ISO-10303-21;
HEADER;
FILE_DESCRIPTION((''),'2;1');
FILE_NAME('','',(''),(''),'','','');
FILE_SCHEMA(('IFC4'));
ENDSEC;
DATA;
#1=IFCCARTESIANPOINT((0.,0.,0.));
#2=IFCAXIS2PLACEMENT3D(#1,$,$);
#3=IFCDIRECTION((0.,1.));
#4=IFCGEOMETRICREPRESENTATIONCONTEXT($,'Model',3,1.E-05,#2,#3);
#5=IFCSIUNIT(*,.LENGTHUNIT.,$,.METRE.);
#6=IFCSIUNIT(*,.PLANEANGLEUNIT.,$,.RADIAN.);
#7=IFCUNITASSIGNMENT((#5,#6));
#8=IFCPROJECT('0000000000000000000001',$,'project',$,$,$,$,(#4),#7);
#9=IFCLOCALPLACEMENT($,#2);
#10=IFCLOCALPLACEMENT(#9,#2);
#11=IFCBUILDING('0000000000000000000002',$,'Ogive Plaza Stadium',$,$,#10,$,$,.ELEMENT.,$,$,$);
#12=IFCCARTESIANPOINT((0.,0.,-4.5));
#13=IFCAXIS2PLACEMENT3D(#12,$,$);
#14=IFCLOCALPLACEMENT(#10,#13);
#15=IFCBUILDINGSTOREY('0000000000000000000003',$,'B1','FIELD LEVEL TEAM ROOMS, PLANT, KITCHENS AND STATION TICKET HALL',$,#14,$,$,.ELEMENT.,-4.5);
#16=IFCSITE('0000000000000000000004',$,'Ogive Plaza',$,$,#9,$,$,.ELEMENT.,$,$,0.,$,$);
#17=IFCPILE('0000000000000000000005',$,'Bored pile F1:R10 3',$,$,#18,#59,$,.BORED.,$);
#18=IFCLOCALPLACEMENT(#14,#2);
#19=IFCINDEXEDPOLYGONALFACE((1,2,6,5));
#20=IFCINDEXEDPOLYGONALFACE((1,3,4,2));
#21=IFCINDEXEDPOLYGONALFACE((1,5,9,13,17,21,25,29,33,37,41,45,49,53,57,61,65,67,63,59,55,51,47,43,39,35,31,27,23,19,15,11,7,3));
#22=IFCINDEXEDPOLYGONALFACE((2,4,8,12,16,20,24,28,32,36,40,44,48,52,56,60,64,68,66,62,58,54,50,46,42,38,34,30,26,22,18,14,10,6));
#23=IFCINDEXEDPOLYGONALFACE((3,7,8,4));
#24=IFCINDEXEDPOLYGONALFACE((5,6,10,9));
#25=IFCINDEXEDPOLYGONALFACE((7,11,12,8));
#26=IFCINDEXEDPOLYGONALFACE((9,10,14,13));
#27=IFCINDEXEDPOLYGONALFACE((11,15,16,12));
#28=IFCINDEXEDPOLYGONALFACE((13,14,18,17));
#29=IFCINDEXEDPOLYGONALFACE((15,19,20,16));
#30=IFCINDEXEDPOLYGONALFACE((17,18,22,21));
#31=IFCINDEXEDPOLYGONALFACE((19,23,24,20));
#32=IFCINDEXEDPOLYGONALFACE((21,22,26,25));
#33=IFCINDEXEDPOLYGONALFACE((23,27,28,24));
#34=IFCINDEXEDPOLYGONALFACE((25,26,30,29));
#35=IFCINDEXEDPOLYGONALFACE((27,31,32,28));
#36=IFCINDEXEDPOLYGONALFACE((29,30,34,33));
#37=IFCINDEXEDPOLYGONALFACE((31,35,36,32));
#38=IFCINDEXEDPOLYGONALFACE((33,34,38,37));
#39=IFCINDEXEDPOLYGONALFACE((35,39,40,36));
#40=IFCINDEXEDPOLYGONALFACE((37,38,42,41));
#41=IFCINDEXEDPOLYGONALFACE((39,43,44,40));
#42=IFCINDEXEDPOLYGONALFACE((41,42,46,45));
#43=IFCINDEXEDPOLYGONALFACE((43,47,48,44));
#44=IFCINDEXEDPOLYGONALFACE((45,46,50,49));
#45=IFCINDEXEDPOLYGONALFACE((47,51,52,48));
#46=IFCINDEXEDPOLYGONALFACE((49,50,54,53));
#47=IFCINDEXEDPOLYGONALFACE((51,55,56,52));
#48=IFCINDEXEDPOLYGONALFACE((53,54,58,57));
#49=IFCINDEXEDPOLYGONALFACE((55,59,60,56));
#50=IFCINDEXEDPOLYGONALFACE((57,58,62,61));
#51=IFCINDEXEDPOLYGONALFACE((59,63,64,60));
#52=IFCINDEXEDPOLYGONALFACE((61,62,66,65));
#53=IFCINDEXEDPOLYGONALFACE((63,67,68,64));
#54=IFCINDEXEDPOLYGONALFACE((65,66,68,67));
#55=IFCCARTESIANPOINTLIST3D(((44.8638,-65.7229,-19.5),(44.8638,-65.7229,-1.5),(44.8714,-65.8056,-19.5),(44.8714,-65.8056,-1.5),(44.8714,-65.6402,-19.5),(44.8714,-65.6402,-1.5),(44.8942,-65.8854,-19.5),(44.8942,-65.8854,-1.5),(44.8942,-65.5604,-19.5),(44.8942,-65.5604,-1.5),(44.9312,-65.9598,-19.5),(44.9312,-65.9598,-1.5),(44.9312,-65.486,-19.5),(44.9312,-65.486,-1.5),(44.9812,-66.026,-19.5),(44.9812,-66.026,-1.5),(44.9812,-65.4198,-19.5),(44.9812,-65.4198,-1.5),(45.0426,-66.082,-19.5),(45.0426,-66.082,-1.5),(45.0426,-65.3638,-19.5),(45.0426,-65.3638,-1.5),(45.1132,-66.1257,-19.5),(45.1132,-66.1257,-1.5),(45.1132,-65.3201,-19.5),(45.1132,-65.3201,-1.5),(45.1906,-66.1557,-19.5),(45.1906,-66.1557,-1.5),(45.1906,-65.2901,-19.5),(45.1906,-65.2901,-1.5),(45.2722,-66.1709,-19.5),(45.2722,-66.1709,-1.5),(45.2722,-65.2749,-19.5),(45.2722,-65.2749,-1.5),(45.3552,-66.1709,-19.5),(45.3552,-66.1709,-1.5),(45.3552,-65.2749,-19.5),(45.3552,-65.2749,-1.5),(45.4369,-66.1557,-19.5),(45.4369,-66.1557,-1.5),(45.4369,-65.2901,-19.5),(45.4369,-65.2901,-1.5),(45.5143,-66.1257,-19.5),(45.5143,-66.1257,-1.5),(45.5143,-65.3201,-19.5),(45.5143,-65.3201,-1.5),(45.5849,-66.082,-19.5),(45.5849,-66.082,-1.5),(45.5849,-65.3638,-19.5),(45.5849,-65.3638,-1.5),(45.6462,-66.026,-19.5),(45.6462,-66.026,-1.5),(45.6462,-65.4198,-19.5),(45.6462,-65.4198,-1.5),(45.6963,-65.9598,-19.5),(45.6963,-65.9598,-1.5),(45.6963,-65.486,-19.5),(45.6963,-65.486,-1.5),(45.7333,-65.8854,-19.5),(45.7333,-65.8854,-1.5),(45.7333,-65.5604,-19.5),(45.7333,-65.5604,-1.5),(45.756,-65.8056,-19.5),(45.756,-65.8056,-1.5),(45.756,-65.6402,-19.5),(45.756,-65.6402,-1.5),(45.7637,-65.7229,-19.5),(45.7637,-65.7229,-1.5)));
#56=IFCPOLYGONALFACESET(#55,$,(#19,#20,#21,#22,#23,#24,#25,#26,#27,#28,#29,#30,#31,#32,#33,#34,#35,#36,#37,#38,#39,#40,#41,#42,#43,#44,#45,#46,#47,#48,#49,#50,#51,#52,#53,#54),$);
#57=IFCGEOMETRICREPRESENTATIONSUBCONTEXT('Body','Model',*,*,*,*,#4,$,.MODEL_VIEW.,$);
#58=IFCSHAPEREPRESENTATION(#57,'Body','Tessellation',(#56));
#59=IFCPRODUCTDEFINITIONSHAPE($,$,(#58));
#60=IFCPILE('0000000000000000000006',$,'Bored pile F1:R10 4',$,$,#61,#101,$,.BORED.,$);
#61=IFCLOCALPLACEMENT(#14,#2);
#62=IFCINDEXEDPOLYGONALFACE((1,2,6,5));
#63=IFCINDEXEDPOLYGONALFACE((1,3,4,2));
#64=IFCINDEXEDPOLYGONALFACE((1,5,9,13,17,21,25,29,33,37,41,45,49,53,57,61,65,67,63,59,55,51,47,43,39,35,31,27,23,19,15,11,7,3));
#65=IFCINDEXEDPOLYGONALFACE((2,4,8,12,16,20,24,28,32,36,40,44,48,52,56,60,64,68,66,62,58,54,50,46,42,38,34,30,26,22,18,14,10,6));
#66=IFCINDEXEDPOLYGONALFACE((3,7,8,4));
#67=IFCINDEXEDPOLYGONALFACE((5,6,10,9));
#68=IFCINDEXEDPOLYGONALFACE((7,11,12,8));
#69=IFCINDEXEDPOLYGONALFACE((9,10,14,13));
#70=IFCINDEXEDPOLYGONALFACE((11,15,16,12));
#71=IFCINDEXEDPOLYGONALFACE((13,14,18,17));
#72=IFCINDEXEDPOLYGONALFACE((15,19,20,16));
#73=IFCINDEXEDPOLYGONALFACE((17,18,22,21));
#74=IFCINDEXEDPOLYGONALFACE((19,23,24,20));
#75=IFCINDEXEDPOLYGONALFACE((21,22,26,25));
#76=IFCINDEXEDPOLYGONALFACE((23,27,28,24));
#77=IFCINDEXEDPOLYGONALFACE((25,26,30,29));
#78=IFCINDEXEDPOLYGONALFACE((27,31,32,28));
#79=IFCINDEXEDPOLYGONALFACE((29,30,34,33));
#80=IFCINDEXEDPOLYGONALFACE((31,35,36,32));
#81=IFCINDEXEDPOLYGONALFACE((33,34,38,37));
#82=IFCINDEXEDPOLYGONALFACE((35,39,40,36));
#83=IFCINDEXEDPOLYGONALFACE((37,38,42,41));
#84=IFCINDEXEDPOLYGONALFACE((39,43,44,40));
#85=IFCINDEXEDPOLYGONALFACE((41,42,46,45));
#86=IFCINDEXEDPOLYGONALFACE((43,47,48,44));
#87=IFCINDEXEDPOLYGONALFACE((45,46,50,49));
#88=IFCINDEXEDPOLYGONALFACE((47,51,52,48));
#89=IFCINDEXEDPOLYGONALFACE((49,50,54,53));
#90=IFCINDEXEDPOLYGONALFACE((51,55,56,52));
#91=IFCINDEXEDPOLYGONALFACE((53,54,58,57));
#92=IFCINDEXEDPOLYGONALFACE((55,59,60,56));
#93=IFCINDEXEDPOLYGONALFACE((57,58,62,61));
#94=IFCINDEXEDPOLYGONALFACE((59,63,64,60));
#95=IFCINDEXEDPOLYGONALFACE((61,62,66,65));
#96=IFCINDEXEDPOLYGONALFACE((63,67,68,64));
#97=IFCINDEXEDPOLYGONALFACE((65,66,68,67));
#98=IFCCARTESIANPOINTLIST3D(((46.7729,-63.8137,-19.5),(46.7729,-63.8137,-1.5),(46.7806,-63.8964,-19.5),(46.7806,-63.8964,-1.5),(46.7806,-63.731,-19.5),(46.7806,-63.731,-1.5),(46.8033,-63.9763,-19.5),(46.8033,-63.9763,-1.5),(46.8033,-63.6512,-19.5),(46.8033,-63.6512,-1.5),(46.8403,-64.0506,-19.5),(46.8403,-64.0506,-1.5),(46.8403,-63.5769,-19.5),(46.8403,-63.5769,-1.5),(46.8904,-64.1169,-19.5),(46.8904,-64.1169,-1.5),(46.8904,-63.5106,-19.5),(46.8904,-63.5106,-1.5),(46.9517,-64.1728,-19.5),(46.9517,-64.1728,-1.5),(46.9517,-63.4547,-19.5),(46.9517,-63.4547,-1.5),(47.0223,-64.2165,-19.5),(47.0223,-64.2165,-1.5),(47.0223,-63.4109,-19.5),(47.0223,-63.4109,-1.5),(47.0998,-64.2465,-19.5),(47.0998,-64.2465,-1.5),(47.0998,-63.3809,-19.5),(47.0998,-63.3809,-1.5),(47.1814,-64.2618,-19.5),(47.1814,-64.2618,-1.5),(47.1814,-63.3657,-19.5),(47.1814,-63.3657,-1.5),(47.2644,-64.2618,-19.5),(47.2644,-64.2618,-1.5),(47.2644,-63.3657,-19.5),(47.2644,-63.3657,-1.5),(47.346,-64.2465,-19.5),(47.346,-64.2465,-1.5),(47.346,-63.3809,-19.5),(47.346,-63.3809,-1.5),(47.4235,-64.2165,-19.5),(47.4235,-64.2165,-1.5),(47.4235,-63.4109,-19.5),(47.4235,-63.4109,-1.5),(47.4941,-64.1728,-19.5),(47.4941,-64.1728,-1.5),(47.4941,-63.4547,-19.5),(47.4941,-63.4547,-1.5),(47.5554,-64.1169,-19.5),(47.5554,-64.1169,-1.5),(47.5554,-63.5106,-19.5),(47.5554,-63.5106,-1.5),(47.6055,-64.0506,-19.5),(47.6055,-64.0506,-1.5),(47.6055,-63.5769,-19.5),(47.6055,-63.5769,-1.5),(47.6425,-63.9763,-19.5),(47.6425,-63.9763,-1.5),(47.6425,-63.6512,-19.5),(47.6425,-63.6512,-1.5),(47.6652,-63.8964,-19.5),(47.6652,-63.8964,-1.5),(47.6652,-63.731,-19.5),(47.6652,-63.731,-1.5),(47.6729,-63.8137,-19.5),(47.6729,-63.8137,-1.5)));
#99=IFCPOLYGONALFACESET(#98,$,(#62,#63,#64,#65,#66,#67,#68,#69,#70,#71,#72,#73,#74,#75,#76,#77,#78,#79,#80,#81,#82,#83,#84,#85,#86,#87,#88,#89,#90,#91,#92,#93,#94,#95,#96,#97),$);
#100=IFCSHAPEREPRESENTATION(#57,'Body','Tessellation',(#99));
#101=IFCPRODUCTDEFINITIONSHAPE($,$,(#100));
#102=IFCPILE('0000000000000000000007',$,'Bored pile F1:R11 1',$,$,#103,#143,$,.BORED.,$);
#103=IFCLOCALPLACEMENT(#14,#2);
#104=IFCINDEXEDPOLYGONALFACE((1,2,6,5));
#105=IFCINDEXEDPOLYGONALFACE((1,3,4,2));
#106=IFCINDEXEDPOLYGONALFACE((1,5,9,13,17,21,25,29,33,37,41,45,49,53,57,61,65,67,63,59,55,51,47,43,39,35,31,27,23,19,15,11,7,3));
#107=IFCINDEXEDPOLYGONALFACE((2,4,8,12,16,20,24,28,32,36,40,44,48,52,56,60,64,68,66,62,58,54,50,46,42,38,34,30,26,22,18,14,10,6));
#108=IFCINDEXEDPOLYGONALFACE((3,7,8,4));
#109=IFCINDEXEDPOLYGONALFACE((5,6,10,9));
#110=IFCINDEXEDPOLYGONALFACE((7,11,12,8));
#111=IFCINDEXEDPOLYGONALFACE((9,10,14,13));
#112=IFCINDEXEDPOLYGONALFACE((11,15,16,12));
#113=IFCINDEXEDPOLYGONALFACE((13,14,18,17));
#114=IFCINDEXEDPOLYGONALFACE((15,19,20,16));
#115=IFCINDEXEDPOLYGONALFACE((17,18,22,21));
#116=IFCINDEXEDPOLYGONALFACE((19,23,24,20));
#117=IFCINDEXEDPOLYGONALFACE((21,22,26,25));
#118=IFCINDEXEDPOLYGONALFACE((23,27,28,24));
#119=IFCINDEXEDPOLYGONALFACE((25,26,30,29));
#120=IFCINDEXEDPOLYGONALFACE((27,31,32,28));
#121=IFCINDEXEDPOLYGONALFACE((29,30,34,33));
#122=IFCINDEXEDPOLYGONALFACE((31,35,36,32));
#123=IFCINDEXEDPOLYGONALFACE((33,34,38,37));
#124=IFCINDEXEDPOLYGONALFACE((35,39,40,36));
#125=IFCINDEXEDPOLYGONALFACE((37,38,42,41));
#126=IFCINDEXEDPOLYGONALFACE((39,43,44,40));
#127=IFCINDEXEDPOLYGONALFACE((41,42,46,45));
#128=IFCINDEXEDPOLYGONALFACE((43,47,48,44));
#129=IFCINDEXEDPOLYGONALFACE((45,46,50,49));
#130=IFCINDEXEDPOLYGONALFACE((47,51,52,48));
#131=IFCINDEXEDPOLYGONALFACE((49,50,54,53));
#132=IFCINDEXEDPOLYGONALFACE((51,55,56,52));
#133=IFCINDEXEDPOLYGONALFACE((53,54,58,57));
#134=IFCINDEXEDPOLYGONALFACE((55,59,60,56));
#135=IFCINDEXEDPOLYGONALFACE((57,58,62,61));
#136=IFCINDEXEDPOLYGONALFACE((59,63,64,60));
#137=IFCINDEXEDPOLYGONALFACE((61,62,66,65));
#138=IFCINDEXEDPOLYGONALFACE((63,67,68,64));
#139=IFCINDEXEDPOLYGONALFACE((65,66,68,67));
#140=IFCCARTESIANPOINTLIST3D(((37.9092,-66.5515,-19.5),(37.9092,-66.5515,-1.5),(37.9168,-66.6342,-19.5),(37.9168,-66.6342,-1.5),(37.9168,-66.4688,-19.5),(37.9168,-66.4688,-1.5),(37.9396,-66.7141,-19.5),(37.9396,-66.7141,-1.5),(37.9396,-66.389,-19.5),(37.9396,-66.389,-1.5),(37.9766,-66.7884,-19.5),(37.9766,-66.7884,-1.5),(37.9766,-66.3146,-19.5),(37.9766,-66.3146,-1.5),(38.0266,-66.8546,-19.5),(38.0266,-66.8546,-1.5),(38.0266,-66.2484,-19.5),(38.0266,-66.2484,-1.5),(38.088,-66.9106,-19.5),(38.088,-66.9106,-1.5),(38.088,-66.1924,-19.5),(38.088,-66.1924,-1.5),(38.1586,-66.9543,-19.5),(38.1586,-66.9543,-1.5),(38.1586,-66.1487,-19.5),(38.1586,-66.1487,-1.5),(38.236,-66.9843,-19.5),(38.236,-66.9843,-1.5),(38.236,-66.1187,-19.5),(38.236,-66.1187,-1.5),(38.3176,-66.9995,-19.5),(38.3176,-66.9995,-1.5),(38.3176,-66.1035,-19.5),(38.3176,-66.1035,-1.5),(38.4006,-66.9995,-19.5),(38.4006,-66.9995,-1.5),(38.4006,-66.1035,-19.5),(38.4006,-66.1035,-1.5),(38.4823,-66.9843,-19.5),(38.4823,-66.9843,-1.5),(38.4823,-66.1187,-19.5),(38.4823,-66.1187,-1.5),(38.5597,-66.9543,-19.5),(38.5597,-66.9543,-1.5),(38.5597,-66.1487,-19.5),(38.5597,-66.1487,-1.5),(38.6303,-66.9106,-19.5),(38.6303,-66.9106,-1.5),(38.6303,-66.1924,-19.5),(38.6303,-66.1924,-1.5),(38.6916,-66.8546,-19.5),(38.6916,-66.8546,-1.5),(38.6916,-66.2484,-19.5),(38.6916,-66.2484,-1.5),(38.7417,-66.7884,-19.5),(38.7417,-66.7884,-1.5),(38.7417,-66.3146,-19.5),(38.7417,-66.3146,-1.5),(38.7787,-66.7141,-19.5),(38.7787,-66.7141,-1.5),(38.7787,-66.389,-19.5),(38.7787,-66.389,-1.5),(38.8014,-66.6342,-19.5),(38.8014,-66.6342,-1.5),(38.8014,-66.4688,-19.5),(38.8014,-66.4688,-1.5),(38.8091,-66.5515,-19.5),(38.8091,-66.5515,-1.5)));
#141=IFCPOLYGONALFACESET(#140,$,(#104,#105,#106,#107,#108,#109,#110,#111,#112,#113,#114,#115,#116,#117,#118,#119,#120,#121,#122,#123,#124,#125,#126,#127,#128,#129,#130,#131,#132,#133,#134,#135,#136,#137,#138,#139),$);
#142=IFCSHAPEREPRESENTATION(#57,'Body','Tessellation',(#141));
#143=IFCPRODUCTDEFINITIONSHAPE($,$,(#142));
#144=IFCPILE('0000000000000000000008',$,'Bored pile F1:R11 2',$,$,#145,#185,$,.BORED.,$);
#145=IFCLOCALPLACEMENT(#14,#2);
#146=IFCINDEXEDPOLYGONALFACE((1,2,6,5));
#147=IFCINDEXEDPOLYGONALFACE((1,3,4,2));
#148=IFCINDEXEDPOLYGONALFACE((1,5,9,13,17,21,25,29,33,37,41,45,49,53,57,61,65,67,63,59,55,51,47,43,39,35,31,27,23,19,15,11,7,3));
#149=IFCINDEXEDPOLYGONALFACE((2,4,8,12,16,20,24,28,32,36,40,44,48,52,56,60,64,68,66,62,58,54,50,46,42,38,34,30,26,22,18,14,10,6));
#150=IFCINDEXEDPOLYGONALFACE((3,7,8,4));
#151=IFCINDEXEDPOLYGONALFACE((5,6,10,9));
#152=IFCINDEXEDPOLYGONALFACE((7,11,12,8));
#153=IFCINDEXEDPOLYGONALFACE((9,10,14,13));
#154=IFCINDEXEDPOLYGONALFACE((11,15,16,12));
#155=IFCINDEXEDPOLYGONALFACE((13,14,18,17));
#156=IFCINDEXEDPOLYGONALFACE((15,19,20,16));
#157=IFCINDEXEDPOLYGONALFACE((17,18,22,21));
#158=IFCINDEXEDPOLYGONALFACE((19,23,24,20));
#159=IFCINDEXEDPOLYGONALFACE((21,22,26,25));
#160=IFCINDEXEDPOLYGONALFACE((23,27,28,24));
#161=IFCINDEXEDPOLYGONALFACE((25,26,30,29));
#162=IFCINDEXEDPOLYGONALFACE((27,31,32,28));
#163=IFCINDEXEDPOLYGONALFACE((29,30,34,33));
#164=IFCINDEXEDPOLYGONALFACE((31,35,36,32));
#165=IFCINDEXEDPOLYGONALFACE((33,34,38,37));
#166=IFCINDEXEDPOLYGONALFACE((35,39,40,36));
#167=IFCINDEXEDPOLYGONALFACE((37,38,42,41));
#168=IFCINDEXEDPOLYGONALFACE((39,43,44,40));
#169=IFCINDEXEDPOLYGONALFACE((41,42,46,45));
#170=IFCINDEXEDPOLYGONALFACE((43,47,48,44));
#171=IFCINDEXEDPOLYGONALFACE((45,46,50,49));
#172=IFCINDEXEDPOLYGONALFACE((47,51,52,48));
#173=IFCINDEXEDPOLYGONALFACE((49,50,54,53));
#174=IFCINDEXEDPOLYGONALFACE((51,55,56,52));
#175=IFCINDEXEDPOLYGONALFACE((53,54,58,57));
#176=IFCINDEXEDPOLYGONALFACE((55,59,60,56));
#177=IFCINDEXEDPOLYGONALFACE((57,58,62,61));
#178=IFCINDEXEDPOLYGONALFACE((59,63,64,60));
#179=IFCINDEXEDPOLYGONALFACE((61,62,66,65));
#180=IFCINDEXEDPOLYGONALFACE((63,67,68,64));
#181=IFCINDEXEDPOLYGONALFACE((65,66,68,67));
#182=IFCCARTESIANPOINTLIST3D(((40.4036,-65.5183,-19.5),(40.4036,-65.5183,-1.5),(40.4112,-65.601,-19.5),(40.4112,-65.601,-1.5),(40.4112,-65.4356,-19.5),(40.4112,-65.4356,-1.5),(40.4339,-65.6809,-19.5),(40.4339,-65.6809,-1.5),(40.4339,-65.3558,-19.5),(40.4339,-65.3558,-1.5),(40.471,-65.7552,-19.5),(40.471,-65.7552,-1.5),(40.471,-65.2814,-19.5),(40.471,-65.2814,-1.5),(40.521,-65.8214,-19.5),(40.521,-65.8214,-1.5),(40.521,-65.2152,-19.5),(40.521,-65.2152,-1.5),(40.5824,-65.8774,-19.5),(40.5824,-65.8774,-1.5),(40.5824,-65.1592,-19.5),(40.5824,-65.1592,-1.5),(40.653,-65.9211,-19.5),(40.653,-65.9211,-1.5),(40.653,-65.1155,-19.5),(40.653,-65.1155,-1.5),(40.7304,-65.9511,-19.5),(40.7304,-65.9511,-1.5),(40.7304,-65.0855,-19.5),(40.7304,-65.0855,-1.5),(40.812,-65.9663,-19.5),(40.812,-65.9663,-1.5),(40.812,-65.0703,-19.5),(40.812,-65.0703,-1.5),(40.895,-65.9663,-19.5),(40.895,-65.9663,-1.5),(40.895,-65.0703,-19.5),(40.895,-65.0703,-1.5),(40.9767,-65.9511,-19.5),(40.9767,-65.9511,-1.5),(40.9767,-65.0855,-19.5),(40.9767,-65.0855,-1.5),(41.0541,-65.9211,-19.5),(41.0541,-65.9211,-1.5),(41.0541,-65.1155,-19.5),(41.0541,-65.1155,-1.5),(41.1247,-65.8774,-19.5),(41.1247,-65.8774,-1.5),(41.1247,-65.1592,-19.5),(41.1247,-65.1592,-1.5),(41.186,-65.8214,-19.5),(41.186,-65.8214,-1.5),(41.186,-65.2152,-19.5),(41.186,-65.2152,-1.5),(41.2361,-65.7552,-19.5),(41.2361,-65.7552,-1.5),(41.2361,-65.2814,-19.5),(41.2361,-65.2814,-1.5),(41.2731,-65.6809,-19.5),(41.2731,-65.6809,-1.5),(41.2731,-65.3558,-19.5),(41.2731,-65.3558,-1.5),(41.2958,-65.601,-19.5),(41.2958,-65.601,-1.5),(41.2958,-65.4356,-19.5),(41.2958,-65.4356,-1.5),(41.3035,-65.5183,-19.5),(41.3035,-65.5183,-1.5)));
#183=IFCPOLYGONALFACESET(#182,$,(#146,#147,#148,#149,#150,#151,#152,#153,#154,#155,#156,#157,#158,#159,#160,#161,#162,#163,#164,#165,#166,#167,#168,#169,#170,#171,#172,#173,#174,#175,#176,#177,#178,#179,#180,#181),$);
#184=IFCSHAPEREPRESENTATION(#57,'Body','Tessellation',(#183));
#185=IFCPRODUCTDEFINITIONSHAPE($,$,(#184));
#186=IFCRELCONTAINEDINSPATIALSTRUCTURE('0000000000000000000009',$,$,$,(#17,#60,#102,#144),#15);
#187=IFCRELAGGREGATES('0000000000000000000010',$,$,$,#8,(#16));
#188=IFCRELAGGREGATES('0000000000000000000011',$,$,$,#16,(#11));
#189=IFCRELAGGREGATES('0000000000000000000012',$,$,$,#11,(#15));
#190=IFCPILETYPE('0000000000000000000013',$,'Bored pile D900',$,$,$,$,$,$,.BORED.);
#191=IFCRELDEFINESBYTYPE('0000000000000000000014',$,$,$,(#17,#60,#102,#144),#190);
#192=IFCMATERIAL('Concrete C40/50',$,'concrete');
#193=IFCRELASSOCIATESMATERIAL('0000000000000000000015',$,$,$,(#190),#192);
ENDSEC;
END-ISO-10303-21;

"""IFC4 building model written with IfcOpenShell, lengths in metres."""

from ifc_helpers import new_model, si_unit, direction, frame, origin, origin_2d, place, context, subcontext, project, spatial, circle, extrude, material, material_profile, profile_set, type_object, element, save


model = new_model("IFC4")

# Units and contexts
model_context = context("Model", 3, precision=1e-05, world=origin(), true_north=direction((0.0, 1.0)))
body_context = subcontext(model_context, "Body", "Model", "MODEL_VIEW")
ifc_project = project(units=[si_unit("LENGTHUNIT", "METRE"), si_unit("PLANEANGLEUNIT", "RADIAN")], contexts=[model_context])

# Site, building, storey
site_placement = place(None, origin())
site = spatial("IfcSite", under=ifc_project, at=site_placement, Name="Ogive Plaza", CompositionType="ELEMENT", RefElevation=0.0)
building_placement = place(site_placement, origin())
building = spatial("IfcBuilding", under=site, at=building_placement, Name="Ogive Plaza Stadium", CompositionType="ELEMENT")
storey_placement = place(building_placement, frame((0.0, 0.0, -4.5)))
storey = spatial("IfcBuildingStorey", under=building, at=storey_placement, Name="B1", Description="FIELD LEVEL TEAM ROOMS, PLANT, KITCHENS AND STATION TICKET HALL", CompositionType="ELEMENT", Elevation=-4.5)

# Piles
ifc_material_1 = material(Name="Concrete C40/50", Category="concrete")
ifc_material_profile_1 = material_profile(ifc_material_1, circle(Radius=0.45, at=origin_2d()), Name="RC D900")
ifc_profile_set_1 = profile_set([ifc_material_profile_1], Name="Concrete C40/50")
pile_type = type_object("IfcPileType", Name="Bored pile D900", PredefinedType="BORED", material=ifc_profile_set_1)
for number, where, z_axis, x_axis, name in (
    (1, (45.3137, -65.7229, -1.5), (0.0, 0.0, -1.0), (1.0, 0.0, 0.0), "Bored pile F1:R10 3"),
    (2, (47.2229, -63.8137, -1.5), (0.0, 0.0, -1.0), (1.0, 0.0, 0.0), "Bored pile F1:R10 4"),
    (3, (38.3591, -66.5515, -1.5), (0.0, 0.0, -1.0), (1.0, 0.0, 0.0), "Bored pile F1:R11 1"),
    (4, (40.8535, -65.5183, -1.5), (0.0, 0.0, -1.0), (1.0, 0.0, 0.0), "Bored pile F1:R11 2"),
):
    element("IfcPile", number, at=place(storey_placement, frame(where, z_axis=z_axis, x_axis=x_axis)), inside=storey, type_object=pile_type, Name=name, PredefinedType="BORED", context=body_context, shape_type="SweptSolid", body=[
        extrude(circle(Radius=0.45, at=origin_2d()), origin(), (0.0, 0.0, 1.0), 18.0),
    ])

save(model, "model.ifc")
